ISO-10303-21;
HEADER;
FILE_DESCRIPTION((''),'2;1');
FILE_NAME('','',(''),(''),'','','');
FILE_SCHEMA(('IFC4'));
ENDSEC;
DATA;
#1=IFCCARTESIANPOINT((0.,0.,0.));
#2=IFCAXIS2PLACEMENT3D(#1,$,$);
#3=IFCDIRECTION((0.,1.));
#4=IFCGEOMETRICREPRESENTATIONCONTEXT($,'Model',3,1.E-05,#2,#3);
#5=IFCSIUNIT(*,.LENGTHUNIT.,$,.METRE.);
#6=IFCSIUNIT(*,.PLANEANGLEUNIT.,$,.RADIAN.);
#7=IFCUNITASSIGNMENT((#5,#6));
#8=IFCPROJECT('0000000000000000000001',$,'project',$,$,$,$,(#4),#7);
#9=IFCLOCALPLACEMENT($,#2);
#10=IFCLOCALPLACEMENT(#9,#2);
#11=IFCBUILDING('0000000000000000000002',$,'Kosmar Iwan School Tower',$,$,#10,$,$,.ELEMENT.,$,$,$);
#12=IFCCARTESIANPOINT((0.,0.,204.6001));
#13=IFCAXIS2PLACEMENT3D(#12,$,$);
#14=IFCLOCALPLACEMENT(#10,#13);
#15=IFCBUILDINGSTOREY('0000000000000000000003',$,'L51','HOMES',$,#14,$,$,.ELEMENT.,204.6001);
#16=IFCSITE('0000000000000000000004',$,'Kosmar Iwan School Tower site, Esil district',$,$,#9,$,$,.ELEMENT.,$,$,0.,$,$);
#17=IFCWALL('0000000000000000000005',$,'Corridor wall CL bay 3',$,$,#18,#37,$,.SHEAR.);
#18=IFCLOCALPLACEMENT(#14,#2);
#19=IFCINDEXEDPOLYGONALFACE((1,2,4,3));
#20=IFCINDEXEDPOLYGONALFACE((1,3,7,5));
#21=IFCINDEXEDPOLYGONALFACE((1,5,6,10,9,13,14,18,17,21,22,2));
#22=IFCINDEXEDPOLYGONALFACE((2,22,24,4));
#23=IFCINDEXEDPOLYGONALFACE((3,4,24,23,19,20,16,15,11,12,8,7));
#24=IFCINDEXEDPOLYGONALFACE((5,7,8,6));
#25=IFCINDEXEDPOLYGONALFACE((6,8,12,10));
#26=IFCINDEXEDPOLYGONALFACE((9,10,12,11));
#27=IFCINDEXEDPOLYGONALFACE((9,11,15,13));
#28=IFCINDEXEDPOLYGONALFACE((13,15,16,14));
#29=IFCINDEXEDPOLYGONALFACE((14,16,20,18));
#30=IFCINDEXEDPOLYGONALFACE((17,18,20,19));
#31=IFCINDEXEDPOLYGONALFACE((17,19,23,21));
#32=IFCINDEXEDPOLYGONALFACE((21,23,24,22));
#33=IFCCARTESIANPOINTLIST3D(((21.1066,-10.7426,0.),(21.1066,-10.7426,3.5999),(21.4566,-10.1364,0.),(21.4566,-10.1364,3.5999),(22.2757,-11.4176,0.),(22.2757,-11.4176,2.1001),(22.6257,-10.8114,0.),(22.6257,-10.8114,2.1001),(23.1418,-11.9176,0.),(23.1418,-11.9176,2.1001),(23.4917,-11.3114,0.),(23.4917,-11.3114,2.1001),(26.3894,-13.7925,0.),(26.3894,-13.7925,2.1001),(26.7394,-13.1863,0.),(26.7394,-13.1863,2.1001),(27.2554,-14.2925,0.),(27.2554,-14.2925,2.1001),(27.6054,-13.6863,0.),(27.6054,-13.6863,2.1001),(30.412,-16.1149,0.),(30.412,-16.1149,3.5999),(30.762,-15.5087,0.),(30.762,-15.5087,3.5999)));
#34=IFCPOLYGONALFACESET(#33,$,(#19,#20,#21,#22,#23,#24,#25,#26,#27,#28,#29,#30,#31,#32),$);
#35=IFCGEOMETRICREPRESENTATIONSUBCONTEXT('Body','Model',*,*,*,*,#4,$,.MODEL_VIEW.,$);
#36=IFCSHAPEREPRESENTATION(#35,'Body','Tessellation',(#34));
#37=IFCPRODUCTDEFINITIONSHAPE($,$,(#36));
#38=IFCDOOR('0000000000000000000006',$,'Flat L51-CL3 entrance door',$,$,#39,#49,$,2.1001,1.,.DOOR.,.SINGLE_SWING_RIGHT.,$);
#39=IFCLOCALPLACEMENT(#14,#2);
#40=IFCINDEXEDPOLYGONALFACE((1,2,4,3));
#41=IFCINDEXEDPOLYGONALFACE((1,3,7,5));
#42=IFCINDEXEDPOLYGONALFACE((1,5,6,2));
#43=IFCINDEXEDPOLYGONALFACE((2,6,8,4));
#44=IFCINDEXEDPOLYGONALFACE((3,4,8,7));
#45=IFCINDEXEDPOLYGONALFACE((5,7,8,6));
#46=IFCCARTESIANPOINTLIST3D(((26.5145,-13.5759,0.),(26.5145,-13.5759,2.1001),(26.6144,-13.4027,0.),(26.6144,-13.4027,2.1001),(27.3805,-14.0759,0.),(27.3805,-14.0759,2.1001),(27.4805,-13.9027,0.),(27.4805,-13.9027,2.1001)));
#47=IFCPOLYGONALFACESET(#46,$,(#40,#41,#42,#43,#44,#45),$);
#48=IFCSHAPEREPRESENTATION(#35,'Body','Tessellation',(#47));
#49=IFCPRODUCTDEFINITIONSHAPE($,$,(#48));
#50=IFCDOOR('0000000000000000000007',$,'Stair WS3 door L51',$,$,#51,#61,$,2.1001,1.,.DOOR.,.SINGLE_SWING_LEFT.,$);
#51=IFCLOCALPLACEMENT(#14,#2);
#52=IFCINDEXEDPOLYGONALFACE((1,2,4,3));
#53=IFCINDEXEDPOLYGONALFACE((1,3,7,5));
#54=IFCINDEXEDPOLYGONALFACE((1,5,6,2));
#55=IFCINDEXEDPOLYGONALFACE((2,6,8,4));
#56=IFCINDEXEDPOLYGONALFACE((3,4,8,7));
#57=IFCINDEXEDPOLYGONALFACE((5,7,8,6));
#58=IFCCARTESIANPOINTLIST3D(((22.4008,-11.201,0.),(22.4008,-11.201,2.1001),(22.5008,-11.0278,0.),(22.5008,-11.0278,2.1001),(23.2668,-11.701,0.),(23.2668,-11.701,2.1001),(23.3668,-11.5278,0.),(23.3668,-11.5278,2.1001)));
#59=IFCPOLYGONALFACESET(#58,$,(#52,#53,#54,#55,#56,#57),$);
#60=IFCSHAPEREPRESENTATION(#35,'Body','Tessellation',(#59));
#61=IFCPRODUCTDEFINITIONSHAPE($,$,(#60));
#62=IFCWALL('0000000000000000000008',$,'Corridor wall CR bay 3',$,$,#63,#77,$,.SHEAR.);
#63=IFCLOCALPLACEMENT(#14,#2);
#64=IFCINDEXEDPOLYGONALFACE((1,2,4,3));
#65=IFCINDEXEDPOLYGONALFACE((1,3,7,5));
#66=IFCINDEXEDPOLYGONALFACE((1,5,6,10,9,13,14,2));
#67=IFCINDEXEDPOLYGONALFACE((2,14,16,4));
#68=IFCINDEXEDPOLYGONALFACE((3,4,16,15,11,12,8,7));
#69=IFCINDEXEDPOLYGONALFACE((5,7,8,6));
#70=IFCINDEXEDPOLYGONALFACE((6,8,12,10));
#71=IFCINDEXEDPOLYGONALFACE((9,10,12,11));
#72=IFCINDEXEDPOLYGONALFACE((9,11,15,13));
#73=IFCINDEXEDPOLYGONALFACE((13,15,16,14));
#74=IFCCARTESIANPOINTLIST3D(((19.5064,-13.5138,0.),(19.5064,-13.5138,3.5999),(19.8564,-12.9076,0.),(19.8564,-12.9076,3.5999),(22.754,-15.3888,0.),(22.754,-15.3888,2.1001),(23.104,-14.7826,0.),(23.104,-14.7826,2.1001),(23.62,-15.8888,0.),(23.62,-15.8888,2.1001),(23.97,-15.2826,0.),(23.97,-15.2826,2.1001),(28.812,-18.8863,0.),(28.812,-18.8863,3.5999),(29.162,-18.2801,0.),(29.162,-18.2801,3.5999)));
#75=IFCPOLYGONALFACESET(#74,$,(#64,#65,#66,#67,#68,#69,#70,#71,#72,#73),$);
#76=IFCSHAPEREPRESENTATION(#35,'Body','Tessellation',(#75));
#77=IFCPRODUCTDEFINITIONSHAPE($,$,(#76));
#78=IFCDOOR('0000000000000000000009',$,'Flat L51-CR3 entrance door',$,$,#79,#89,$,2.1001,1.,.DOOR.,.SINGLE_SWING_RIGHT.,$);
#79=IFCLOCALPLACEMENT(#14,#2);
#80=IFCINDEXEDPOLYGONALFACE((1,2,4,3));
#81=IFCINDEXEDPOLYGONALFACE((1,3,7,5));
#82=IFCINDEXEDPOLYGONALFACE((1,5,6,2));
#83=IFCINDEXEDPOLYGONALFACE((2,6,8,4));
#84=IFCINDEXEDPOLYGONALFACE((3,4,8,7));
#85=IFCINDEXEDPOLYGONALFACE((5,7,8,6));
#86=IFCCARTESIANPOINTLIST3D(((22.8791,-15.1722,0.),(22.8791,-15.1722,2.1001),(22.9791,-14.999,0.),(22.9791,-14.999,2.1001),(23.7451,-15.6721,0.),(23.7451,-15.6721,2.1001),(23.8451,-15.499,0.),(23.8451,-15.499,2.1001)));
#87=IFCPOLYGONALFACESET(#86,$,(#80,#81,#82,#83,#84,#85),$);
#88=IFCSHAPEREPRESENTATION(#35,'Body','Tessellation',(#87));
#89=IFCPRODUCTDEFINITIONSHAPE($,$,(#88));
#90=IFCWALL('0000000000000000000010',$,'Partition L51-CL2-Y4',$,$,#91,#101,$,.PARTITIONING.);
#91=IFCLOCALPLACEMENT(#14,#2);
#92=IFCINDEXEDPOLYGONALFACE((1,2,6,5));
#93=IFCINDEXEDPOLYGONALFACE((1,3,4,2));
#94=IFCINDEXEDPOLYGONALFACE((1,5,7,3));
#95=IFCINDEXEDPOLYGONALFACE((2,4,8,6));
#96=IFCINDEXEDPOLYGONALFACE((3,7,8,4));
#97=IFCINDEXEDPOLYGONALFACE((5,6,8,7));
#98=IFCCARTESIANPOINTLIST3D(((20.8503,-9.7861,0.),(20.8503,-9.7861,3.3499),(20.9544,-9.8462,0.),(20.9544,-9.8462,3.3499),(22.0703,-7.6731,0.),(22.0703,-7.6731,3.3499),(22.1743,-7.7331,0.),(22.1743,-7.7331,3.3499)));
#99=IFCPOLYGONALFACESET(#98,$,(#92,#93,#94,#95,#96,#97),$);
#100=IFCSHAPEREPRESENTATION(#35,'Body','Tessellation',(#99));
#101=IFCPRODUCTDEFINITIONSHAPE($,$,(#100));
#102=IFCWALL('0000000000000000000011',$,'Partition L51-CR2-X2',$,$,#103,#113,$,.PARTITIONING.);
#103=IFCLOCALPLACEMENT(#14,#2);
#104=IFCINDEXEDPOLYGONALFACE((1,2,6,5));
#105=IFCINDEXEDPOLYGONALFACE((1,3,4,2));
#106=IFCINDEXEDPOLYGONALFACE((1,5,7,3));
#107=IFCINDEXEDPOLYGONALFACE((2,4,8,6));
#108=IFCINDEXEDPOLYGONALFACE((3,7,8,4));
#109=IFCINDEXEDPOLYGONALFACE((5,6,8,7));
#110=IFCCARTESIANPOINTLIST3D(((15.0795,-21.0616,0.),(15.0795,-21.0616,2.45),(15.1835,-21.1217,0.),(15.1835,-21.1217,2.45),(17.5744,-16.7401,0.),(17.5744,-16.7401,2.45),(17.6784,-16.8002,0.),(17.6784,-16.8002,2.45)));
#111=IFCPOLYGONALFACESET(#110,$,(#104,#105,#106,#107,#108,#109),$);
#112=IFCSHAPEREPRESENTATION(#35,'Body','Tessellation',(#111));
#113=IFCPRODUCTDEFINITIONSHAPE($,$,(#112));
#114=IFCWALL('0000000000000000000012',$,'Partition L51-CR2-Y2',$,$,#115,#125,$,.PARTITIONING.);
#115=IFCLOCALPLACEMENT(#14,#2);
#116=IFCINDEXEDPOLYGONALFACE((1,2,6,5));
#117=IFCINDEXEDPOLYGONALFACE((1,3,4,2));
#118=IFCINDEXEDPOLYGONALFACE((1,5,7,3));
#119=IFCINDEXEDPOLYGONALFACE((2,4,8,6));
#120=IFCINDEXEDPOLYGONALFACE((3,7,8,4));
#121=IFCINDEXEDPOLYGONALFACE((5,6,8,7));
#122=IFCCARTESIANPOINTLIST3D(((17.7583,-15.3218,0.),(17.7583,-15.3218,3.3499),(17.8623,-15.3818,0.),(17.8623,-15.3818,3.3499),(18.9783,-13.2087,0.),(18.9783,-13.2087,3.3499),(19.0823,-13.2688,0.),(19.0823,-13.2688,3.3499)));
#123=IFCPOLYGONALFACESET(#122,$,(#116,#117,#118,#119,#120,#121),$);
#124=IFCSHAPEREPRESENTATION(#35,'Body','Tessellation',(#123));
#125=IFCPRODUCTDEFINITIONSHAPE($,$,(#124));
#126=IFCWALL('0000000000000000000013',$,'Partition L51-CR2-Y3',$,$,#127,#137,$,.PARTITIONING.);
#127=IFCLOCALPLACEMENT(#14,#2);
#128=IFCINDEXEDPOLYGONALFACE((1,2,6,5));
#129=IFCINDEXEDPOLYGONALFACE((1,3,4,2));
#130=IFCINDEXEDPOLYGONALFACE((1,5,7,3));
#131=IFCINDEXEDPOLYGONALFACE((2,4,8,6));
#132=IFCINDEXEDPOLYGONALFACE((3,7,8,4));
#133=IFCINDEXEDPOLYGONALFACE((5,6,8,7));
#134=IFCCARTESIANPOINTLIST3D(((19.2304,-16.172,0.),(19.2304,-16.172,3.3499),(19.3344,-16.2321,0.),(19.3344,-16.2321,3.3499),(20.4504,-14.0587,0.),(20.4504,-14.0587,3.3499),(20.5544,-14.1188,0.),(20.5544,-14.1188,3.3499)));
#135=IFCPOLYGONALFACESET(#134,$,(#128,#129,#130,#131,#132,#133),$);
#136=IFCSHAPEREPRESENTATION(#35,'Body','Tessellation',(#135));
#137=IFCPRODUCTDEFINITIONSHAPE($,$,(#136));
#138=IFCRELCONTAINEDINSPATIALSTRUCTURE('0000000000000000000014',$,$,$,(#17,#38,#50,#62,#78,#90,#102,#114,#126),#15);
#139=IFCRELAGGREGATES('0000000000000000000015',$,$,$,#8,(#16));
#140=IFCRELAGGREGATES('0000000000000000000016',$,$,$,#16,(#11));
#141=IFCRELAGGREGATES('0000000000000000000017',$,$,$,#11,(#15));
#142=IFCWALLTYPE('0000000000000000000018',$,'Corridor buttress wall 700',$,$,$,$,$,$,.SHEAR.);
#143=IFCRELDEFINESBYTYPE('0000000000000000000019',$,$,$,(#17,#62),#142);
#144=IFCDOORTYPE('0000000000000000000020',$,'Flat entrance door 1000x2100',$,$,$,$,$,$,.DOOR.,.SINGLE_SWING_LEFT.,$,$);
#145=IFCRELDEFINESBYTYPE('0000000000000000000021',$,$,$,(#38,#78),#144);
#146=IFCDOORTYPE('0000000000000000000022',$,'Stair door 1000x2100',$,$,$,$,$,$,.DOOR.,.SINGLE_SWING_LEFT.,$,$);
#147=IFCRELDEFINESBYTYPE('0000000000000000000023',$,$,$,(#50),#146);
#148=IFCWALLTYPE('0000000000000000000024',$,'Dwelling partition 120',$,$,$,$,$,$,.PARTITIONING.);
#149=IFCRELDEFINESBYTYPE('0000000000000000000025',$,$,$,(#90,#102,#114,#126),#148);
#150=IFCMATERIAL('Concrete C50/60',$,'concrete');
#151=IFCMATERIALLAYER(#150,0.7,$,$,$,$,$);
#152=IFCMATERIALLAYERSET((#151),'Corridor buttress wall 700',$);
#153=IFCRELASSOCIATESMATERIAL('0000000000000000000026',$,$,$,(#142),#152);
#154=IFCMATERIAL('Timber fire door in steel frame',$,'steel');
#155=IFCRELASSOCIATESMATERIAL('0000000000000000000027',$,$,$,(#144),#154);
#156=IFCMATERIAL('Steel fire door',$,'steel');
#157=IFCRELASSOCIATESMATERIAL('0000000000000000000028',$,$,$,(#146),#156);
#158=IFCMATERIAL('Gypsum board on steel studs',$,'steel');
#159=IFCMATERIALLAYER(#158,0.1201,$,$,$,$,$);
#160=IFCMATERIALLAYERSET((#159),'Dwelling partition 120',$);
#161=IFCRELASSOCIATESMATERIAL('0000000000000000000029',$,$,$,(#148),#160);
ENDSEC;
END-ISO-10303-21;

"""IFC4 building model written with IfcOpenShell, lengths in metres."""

from ifc_helpers import new_model, si_unit, direction, frame, frame_2d, origin, place, context, subcontext, project, spatial, rectangle, extrude, material, layer, layer_set, type_object, element, fill, save


model = new_model("IFC4")

# Units and contexts
model_context = context("Model", 3, precision=1e-05, world=origin(), true_north=direction((0.0, 1.0)))
body_context = subcontext(model_context, "Body", "Model", "MODEL_VIEW")
ifc_project = project(units=[si_unit("LENGTHUNIT", "METRE"), si_unit("PLANEANGLEUNIT", "RADIAN")], contexts=[model_context])

# Site, building, storey
site_placement = place(None, origin())
site = spatial("IfcSite", under=ifc_project, at=site_placement, Name="Kosmar Iwan School Tower site, Esil district", CompositionType="ELEMENT", RefElevation=0.0)
building_placement = place(site_placement, origin())
building = spatial("IfcBuilding", under=site, at=building_placement, Name="Kosmar Iwan School Tower", CompositionType="ELEMENT")
storey_placement = place(building_placement, frame((0.0, 0.0, 204.6001)))
storey = spatial("IfcBuildingStorey", under=building, at=storey_placement, Name="L51", Description="HOMES", CompositionType="ELEMENT", Elevation=204.6001)

# Wall, openings, doors
ifc_material_1 = material(Name="Concrete C50/60", Category="concrete")
ifc_layer_1 = layer(ifc_material_1, 0.7)
ifc_layer_set_1 = layer_set([ifc_layer_1], Name="Corridor buttress wall 700")
wall_type_1 = type_object("IfcWallType", Name="Corridor buttress wall 700", PredefinedType="SHEAR", material=ifc_layer_set_1)
wall_1_placement = place(storey_placement, frame((21.2815, -10.4395, 0.0), z_axis=(0.0, 0.0, 1.0), x_axis=(0.866032, -0.499988, 0.0)))
wall_1 = element("IfcWall", 1, at=wall_1_placement, inside=storey, type_object=wall_type_1, Name="Corridor wall CL bay 3", PredefinedType="SHEAR", context=body_context, shape_type="SweptSolid", body=[
    extrude(rectangle(XDim=10.7449, YDim=0.7, at=frame_2d((5.3726, 0.0))), origin(), (0.0, 0.0, 1.0), 3.5999),
])
opening_1_placement = place(wall_1_placement, frame((6.1001, 0.0, 0.0)))
opening_1 = element("IfcOpeningElement", 2, at=opening_1_placement, cuts=wall_1, PredefinedType="OPENING", context=body_context, shape_type="SweptSolid", body=[
    extrude(rectangle(XDim=1.0, YDim=2.1001, at=frame_2d((0.5, 1.05))), frame((0.0, 0.3621, 0.0), z_axis=(0.0, -1.0, 0.0), x_axis=(1.0, 0.0, 0.0)), (0.0, 0.0, 1.0), 0.7239),
])
opening_2_placement = place(wall_1_placement, frame((1.3501, 0.0, 0.0)))
opening_2 = element("IfcOpeningElement", 3, at=opening_2_placement, cuts=wall_1, PredefinedType="OPENING", context=body_context, shape_type="SweptSolid", body=[
    extrude(rectangle(XDim=1.0, YDim=2.1001, at=frame_2d((0.5, 1.05))), frame((0.0, 0.3621, 0.0), z_axis=(0.0, -1.0, 0.0), x_axis=(1.0, 0.0, 0.0)), (0.0, 0.0, 1.0), 0.7239),
])
ifc_material_2 = material(Name="Timber fire door in steel frame", Category="steel")
door_type_1 = type_object("IfcDoorType", Name="Flat entrance door 1000x2100", OperationType="SINGLE_SWING_LEFT", PredefinedType="DOOR", material=ifc_material_2)
door_1_placement = place(opening_1_placement, origin())
door_1 = element("IfcDoor", 4, at=door_1_placement, inside=storey, type_object=door_type_1, Name="Flat L51-CL3 entrance door", OperationType="SINGLE_SWING_RIGHT", OverallHeight=2.1001, OverallWidth=1.0, PredefinedType="DOOR", context=body_context, shape_type="SweptSolid", body=[
    extrude(rectangle(XDim=1.0, YDim=2.1001, at=frame_2d((0.5, 1.05))), frame((0.0, 0.1001, 0.0), z_axis=(0.0, -1.0, 0.0), x_axis=(1.0, 0.0, 0.0)), (0.0, 0.0, 1.0), 0.2),
])
fill(opening_1, door_1)
ifc_material_3 = material(Name="Steel fire door", Category="steel")
door_type_2 = type_object("IfcDoorType", Name="Stair door 1000x2100", OperationType="SINGLE_SWING_LEFT", PredefinedType="DOOR", material=ifc_material_3)
door_2_placement = place(opening_2_placement, origin())
door_2 = element("IfcDoor", 5, at=door_2_placement, inside=storey, type_object=door_type_2, Name="Stair WS3 door L51", OperationType="SINGLE_SWING_LEFT", OverallHeight=2.1001, OverallWidth=1.0, PredefinedType="DOOR", context=body_context, shape_type="SweptSolid", body=[
    extrude(rectangle(XDim=1.0, YDim=2.1001, at=frame_2d((0.5, 1.05))), frame((0.0, 0.1001, 0.0), z_axis=(0.0, -1.0, 0.0), x_axis=(1.0, 0.0, 0.0)), (0.0, 0.0, 1.0), 0.2),
])
fill(opening_2, door_2)

# Wall, opening, door
wall_2_placement = place(storey_placement, frame((19.6814, -13.2107, 0.0), z_axis=(0.0, 0.0, 1.0), x_axis=(0.866028, -0.499995, 0.0)))
wall_2 = element("IfcWall", 6, at=wall_2_placement, inside=storey, type_object=wall_type_1, Name="Corridor wall CR bay 3", PredefinedType="SHEAR", context=body_context, shape_type="SweptSolid", body=[
    extrude(rectangle(XDim=10.7451, YDim=0.7, at=frame_2d((5.3726, 0.0))), origin(), (0.0, 0.0, 1.0), 3.5999),
])
opening_3_placement = place(wall_2_placement, frame((3.75, 0.0, 0.0)))
opening_3 = element("IfcOpeningElement", 7, at=opening_3_placement, cuts=wall_2, PredefinedType="OPENING", context=body_context, shape_type="SweptSolid", body=[
    extrude(rectangle(XDim=1.0, YDim=2.1001, at=frame_2d((0.5, 1.05))), frame((0.0, 0.3621, 0.0), z_axis=(0.0, -1.0, 0.0), x_axis=(1.0, 0.0, 0.0)), (0.0, 0.0, 1.0), 0.7239),
])
door_3_placement = place(opening_3_placement, origin())
door_3 = element("IfcDoor", 8, at=door_3_placement, inside=storey, type_object=door_type_1, Name="Flat L51-CR3 entrance door", OperationType="SINGLE_SWING_RIGHT", OverallHeight=2.1001, OverallWidth=1.0, PredefinedType="DOOR", context=body_context, shape_type="SweptSolid", body=[
    extrude(rectangle(XDim=1.0, YDim=2.1001, at=frame_2d((0.5, 1.05))), frame((0.0, 0.1001, 0.0), z_axis=(0.0, -1.0, 0.0), x_axis=(1.0, 0.0, 0.0)), (0.0, 0.0, 1.0), 0.2),
])
fill(opening_3, door_3)

# Walls
ifc_material_4 = material(Name="Gypsum board on steel studs", Category="steel")
ifc_layer_2 = layer(ifc_material_4, 0.1201)
ifc_layer_set_2 = layer_set([ifc_layer_2], Name="Dwelling partition 120")
wall_type_2 = type_object("IfcWallType", Name="Dwelling partition 120", PredefinedType="PARTITIONING", material=ifc_layer_set_2)
wall_3_placement = place(storey_placement, frame((20.9023, -9.8162, 0.0), z_axis=(0.0, 0.0, 1.0), x_axis=(0.500003, 0.866024, 0.0)))
element("IfcWall", 9, at=wall_3_placement, inside=storey, type_object=wall_type_2, Name="Partition L51-CL2-Y4", PredefinedType="PARTITIONING", context=body_context, shape_type="SweptSolid", body=[
    extrude(rectangle(XDim=2.4399, YDim=0.1201, at=frame_2d((1.22, 0.0))), origin(), (0.0, 0.0, 1.0), 3.3499),
])
wall_4_placement = place(storey_placement, frame((17.6265, -16.77, 0.0), z_axis=(0.0, 0.0, 1.0), x_axis=(-0.499975, -0.86604, 0.0)))
element("IfcWall", 10, at=wall_4_placement, inside=storey, type_object=wall_type_2, Name="Partition L51-CR2-X2", PredefinedType="PARTITIONING", context=body_context, shape_type="SweptSolid", body=[
    extrude(rectangle(XDim=4.99, YDim=0.1201, at=frame_2d((2.4951, 0.0))), origin(), (0.0, 0.0, 1.0), 2.45),
])
wall_5_placement = place(storey_placement, frame((19.0303, -13.2388, 0.0), z_axis=(0.0, 0.0, 1.0), x_axis=(-0.500003, -0.866024, 0.0)))
element("IfcWall", 11, at=wall_5_placement, inside=storey, type_object=wall_type_2, Name="Partition L51-CR2-Y2", PredefinedType="PARTITIONING", context=body_context, shape_type="SweptSolid", body=[
    extrude(rectangle(XDim=2.4399, YDim=0.1201, at=frame_2d((1.22, 0.0))), origin(), (0.0, 0.0, 1.0), 3.3499),
])
wall_6_placement = place(storey_placement, frame((20.5024, -14.0886, 0.0), z_axis=(0.0, 0.0, 1.0), x_axis=(-0.499959, -0.866049, 0.0)))
element("IfcWall", 12, at=wall_6_placement, inside=storey, type_object=wall_type_2, Name="Partition L51-CR2-Y3", PredefinedType="PARTITIONING", context=body_context, shape_type="SweptSolid", body=[
    extrude(rectangle(XDim=2.4402, YDim=0.1201, at=frame_2d((1.2202, 0.0))), origin(), (0.0, 0.0, 1.0), 3.3499),
])

save(model, "model.ifc")
